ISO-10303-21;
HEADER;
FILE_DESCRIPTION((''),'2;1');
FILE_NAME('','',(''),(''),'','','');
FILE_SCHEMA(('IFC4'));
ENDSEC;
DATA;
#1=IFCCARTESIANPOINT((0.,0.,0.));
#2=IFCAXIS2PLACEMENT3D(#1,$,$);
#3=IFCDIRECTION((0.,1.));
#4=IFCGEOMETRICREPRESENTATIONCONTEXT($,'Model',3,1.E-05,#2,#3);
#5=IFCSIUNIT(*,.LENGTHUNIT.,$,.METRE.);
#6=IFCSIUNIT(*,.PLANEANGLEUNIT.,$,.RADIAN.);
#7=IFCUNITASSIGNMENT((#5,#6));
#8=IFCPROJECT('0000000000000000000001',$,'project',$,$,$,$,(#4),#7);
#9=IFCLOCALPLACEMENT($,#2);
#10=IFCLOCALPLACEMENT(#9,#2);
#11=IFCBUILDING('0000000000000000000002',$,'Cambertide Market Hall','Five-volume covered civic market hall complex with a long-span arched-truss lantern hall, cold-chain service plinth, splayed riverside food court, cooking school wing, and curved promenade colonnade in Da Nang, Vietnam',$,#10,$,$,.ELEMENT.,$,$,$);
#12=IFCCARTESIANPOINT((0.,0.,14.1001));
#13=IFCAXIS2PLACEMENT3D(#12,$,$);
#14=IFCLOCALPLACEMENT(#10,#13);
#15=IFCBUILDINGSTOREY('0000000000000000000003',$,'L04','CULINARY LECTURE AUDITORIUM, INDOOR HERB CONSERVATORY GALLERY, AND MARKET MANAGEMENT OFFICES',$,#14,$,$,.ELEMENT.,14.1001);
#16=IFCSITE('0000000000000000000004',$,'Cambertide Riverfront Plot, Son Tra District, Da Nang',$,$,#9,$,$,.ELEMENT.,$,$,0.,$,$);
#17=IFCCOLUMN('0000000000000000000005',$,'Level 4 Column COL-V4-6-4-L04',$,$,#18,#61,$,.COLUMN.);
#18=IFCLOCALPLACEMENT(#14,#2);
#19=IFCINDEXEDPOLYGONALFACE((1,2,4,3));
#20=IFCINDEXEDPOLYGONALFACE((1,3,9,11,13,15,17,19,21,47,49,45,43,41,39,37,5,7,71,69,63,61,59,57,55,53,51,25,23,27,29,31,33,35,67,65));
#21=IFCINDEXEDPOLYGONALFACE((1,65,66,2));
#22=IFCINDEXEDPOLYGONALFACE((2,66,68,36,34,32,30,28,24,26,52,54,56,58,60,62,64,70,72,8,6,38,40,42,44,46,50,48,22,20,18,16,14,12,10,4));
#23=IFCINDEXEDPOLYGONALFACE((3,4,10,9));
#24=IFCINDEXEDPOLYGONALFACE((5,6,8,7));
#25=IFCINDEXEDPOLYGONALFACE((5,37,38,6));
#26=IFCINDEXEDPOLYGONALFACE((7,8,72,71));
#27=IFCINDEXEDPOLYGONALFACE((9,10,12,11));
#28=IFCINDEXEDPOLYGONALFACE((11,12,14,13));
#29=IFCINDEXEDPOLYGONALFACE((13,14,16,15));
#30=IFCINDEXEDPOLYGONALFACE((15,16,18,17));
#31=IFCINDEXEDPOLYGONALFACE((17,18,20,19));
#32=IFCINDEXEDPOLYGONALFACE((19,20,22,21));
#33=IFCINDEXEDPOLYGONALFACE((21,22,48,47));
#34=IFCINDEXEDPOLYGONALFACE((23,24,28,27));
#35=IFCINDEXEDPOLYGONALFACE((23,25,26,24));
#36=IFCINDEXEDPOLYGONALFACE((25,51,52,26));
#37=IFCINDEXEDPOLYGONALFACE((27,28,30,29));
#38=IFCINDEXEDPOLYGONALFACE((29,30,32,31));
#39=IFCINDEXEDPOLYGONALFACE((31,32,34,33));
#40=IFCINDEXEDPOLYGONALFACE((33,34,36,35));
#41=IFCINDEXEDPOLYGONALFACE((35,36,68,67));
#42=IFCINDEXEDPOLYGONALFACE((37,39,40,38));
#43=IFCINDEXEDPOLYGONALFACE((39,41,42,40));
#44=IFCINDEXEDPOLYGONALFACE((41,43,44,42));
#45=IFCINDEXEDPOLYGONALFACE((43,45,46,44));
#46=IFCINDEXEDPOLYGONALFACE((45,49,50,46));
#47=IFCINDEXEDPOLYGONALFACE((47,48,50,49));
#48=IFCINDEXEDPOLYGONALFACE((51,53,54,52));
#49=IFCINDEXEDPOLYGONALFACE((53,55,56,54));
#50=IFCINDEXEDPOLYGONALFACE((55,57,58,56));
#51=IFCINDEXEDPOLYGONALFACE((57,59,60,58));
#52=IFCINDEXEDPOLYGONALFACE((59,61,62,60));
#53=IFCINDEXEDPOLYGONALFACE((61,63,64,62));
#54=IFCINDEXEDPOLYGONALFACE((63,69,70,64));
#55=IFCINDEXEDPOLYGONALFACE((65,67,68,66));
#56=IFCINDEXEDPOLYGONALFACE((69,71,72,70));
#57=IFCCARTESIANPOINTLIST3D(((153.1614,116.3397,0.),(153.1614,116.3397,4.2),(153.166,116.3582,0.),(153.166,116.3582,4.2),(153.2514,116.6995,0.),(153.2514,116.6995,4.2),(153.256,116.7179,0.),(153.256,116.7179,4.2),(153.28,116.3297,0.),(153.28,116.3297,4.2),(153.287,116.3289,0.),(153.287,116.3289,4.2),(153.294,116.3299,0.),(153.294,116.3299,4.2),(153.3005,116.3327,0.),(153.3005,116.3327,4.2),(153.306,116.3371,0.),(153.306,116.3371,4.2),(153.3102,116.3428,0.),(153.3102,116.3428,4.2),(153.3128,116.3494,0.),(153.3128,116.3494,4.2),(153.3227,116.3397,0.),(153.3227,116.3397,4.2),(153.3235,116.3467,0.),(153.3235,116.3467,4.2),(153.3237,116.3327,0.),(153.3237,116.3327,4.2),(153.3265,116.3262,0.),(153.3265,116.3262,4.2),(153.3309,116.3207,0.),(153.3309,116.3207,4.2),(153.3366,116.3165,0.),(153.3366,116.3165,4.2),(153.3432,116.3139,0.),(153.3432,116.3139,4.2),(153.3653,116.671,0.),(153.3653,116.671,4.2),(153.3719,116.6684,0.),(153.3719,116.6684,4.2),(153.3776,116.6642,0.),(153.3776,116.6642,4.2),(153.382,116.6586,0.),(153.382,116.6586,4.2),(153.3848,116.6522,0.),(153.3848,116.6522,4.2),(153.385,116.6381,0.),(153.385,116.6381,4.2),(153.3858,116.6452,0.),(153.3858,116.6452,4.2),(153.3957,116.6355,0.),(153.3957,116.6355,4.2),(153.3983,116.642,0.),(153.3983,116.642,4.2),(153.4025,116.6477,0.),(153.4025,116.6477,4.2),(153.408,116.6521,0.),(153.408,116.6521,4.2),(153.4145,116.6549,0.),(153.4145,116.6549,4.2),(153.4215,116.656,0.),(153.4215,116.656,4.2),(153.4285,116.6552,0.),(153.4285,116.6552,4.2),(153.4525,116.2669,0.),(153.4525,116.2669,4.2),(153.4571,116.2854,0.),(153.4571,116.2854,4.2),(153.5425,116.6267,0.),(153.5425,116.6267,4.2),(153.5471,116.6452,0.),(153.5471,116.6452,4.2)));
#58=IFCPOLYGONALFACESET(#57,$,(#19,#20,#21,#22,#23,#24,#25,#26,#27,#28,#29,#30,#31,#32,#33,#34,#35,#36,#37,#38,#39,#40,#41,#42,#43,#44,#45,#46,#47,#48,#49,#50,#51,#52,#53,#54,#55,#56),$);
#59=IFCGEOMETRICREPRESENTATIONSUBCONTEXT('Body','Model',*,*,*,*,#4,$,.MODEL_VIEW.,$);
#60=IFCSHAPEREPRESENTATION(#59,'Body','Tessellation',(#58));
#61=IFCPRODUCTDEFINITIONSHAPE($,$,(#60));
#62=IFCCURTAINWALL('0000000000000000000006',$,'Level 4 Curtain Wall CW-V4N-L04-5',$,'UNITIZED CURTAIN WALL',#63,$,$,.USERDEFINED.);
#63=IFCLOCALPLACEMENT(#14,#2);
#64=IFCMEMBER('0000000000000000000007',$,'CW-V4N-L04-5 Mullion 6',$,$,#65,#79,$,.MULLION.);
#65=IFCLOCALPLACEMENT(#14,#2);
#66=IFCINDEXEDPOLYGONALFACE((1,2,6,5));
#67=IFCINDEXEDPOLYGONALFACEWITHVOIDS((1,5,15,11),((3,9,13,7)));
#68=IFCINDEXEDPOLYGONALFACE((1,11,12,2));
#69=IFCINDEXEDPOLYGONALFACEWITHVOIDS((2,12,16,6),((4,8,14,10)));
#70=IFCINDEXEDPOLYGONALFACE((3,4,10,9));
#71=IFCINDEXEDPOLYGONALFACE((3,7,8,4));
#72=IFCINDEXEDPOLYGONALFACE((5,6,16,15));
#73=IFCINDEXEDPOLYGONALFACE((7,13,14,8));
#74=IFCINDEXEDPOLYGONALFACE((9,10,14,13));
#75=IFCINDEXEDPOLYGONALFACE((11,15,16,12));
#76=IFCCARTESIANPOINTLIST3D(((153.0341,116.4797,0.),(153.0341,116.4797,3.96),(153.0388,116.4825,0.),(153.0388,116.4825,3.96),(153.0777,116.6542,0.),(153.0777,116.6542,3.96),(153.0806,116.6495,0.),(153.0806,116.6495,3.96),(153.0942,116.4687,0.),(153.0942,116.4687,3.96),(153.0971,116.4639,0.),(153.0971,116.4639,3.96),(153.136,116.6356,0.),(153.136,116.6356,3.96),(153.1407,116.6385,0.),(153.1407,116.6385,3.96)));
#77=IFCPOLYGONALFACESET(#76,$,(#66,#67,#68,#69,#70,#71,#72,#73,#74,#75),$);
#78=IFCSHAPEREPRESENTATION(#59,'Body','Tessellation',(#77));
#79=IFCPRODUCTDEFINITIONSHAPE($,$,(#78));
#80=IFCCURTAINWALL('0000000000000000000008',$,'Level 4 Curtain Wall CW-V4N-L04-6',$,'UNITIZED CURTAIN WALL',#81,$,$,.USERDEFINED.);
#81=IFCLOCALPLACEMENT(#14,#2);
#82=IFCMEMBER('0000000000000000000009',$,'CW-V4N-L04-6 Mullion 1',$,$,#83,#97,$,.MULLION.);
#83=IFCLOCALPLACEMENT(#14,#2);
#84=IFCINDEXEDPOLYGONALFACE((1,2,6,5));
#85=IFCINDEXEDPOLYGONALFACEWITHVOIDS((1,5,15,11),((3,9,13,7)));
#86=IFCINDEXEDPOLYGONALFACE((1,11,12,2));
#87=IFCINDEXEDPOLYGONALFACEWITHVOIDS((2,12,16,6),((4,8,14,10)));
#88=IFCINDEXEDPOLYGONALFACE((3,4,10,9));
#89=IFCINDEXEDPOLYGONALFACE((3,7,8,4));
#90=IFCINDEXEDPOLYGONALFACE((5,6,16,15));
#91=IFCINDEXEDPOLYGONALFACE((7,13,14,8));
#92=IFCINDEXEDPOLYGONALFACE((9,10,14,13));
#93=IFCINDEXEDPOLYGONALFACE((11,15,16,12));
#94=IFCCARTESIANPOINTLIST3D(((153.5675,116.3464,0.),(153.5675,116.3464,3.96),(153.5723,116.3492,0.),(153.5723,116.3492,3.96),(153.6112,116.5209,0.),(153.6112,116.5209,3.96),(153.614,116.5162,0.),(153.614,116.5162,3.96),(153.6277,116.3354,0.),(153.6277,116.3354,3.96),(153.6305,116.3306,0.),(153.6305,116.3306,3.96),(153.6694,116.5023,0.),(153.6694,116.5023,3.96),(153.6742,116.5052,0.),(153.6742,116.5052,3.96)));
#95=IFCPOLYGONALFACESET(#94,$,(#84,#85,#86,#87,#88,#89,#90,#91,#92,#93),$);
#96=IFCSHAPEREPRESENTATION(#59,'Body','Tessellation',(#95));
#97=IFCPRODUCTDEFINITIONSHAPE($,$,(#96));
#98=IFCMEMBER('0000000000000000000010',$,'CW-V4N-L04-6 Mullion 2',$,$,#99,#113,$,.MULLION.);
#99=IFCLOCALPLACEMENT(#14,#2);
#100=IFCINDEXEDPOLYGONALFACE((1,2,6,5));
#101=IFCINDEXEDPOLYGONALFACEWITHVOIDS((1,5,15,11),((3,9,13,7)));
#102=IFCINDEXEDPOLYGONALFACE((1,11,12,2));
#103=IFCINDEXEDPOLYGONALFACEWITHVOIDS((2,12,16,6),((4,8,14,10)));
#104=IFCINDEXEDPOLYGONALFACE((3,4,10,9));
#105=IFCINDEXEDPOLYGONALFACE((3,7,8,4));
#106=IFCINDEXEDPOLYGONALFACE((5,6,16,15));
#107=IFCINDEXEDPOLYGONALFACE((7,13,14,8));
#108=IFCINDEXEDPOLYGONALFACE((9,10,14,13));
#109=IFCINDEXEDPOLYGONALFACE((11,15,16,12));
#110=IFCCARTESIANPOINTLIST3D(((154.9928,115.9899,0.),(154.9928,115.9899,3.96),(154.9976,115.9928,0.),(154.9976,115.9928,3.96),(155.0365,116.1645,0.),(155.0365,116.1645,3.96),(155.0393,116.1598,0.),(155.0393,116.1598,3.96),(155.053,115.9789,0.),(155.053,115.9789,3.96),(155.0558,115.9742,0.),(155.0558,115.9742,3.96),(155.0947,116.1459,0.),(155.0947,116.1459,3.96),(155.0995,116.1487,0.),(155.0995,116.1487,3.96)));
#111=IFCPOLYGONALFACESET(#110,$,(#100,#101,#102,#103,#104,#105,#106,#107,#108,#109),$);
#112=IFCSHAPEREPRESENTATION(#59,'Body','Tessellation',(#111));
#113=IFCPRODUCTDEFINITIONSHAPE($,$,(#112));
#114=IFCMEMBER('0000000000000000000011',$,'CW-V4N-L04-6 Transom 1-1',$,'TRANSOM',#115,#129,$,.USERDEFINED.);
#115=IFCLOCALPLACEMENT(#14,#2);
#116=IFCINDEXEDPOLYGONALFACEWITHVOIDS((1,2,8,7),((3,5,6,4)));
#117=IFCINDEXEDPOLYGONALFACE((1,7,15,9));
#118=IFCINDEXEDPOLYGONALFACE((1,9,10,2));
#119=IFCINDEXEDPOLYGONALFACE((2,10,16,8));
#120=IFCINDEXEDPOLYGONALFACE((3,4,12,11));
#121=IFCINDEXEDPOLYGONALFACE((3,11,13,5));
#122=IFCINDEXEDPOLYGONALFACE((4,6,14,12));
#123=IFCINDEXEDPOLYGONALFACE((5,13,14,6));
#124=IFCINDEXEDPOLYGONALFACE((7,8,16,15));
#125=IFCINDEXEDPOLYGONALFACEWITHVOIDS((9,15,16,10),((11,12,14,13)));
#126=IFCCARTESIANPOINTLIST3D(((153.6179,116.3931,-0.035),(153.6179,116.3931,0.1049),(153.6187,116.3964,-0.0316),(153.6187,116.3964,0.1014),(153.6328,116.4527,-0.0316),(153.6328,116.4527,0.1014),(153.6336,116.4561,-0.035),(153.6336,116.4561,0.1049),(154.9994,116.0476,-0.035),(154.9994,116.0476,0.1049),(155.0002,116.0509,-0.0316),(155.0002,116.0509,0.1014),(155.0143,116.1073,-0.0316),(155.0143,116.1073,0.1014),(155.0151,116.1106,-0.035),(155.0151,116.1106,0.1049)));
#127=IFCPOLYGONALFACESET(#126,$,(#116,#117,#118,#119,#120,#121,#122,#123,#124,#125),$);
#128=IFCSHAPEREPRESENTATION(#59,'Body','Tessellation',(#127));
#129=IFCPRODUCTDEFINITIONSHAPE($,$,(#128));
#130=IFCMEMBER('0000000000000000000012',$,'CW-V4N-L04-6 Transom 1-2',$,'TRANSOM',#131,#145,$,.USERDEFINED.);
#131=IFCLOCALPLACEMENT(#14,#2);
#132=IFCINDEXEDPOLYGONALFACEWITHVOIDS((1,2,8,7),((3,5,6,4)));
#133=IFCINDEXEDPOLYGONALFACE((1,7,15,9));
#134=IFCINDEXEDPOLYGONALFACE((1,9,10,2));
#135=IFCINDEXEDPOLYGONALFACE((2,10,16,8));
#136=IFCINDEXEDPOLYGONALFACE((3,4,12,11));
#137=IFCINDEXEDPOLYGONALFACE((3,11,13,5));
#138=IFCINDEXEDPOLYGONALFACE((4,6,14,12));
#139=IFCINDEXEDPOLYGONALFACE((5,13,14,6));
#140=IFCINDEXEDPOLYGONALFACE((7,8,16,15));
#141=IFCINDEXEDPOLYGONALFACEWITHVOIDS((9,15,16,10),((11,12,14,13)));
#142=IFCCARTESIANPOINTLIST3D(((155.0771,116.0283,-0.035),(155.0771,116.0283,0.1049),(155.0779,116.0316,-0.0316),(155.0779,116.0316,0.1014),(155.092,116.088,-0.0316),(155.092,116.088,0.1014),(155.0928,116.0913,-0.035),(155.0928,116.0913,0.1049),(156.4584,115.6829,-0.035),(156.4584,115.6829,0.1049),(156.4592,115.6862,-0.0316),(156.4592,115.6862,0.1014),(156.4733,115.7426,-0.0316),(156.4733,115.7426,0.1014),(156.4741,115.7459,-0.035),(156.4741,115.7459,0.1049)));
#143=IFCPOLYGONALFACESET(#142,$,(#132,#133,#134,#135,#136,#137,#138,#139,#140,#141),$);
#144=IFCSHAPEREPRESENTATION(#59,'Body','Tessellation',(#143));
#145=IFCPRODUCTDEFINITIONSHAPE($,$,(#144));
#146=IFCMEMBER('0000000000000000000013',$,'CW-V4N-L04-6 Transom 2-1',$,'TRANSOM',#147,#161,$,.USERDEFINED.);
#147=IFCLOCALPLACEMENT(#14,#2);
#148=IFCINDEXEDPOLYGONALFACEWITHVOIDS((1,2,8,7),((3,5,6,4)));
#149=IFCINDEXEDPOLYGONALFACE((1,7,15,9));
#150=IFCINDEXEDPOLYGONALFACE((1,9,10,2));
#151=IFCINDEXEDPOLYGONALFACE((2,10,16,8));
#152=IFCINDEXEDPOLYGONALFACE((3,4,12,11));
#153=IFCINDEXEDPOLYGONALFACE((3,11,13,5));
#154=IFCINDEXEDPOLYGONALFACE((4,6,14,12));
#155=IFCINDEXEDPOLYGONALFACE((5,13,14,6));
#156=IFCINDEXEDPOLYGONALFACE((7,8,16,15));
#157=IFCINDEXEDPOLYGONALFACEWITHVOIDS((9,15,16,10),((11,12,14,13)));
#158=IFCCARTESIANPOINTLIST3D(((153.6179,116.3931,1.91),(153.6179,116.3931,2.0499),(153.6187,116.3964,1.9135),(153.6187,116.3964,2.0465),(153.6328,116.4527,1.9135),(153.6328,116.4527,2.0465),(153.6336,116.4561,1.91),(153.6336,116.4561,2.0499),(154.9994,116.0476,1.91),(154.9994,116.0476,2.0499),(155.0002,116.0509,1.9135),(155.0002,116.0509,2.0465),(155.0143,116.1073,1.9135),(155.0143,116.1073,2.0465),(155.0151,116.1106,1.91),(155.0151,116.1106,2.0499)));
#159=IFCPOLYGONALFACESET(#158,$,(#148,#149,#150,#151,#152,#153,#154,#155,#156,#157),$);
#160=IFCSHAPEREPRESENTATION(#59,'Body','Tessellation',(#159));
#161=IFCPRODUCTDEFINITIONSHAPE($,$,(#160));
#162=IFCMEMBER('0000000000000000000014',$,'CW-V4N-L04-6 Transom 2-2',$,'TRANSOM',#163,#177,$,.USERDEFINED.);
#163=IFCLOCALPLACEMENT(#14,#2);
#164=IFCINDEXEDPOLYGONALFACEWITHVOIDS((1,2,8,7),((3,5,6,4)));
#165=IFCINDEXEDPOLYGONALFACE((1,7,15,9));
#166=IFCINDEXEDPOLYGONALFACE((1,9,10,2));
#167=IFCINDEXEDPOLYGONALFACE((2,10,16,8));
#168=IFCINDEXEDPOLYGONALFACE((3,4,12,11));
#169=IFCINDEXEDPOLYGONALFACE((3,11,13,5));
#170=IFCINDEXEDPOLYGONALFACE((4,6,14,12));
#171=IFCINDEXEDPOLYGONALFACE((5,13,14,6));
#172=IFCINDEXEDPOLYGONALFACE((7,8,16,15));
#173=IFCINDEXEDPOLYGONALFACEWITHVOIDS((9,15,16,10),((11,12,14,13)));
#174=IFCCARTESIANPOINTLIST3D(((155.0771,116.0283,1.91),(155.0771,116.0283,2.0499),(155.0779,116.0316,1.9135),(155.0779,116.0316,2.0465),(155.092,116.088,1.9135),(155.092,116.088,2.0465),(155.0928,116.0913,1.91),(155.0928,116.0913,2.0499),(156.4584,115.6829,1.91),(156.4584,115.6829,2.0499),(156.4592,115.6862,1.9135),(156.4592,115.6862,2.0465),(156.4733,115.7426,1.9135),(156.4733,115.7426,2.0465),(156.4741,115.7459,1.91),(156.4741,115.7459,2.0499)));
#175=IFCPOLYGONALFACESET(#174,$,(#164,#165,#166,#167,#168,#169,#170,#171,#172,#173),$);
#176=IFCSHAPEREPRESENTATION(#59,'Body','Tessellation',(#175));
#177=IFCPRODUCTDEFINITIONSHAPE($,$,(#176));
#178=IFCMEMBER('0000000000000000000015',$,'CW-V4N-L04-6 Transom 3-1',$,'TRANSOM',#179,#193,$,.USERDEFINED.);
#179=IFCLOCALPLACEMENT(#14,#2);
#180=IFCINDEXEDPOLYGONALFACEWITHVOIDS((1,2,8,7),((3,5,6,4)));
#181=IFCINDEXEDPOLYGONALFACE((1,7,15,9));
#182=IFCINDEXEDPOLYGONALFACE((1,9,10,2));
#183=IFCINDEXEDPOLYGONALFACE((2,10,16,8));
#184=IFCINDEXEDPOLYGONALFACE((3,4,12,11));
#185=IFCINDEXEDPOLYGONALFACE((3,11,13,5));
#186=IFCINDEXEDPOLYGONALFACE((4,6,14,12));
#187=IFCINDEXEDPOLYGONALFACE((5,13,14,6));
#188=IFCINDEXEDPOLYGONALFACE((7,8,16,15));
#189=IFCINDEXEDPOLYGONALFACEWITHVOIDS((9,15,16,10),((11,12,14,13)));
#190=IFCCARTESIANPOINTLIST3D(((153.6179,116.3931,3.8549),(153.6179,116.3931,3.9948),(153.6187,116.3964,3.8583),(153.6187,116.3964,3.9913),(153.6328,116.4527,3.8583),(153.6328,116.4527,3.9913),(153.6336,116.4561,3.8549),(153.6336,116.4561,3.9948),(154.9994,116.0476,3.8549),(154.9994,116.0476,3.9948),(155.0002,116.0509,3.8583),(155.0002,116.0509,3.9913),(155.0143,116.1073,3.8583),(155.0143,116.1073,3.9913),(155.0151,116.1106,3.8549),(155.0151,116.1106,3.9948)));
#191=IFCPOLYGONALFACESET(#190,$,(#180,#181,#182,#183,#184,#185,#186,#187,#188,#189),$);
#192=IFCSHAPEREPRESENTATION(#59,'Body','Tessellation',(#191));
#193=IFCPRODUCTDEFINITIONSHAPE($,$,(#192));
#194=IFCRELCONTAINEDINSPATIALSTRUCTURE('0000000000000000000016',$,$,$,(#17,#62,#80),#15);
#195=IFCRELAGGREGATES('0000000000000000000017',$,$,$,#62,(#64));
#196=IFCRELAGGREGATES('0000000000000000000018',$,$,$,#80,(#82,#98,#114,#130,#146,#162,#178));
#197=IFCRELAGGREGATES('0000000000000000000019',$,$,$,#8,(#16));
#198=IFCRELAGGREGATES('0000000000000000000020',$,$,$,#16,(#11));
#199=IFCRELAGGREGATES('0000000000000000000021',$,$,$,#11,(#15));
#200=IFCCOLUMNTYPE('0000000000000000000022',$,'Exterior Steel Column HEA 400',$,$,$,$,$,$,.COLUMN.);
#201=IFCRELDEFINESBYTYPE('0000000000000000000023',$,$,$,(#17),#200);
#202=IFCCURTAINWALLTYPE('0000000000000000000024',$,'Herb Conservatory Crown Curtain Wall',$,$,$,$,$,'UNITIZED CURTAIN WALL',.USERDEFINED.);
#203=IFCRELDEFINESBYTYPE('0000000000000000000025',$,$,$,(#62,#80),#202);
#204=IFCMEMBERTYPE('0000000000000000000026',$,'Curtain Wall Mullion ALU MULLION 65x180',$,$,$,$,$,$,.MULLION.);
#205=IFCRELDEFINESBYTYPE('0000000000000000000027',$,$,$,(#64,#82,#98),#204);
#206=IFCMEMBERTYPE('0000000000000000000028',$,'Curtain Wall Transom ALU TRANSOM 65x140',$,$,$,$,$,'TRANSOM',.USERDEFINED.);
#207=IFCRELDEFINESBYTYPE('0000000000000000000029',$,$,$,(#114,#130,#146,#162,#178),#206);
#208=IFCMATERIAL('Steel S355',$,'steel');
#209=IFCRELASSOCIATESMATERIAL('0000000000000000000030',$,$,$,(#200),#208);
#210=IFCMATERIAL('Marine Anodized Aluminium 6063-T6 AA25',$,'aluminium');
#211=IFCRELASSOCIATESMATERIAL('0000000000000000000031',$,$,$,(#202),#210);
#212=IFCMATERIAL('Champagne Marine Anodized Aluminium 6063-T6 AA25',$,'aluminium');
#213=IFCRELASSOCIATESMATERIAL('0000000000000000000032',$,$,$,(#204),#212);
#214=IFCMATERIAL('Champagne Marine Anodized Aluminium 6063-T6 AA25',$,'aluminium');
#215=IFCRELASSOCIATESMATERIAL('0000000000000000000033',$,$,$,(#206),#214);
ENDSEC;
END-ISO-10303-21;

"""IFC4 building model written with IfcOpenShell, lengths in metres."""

from ifc_helpers import new_model, si_unit, direction, frame, origin, origin_2d, place, context, subcontext, project, spatial, hollow_rectangle, i_section, extrude, material, material_profile, profile_set, type_object, element, aggregate, save


model = new_model("IFC4")

# Units and contexts
model_context = context("Model", 3, precision=1e-05, world=origin(), true_north=direction((0.0, 1.0)))
body_context = subcontext(model_context, "Body", "Model", "MODEL_VIEW")
ifc_project = project(units=[si_unit("LENGTHUNIT", "METRE"), si_unit("PLANEANGLEUNIT", "RADIAN")], contexts=[model_context])

# Site, building, storey
site_placement = place(None, origin())
site = spatial("IfcSite", under=ifc_project, at=site_placement, Name="Cambertide Riverfront Plot, Son Tra District, Da Nang", CompositionType="ELEMENT", RefElevation=0.0)
building_placement = place(site_placement, origin())
building = spatial("IfcBuilding", under=site, at=building_placement, Name="Cambertide Market Hall", Description="Five-volume covered civic market hall complex with a long-span arched-truss lantern hall, cold-chain service plinth, splayed riverside food court, cooking school wing, and curved promenade colonnade in Da Nang, Vietnam", CompositionType="ELEMENT")
storey_placement = place(building_placement, frame((0.0, 0.0, 14.1001)))
storey = spatial("IfcBuildingStorey", under=building, at=storey_placement, Name="L04", Description="CULINARY LECTURE AUDITORIUM, INDOOR HERB CONSERVATORY GALLERY, AND MARKET MANAGEMENT OFFICES", CompositionType="ELEMENT", Elevation=14.1001)

# Column
ifc_material_1 = material(Name="Steel S355", Category="steel")
ifc_material_profile_1 = material_profile(ifc_material_1, i_section(OverallWidth=0.3, OverallDepth=0.3899, WebThickness=0.011, FlangeThickness=0.019, FilletRadius=0.0271, at=origin_2d()), Name="HEA 400")
ifc_profile_set_1 = profile_set([ifc_material_profile_1], Name="Steel S355")
column_type = type_object("IfcColumnType", Name="Exterior Steel Column HEA 400", PredefinedType="COLUMN", material=ifc_profile_set_1)
column_placement = place(storey_placement, frame((153.3542, 116.4924, 0.0), z_axis=(0.0, 0.0, 1.0), x_axis=(0.970143, -0.242536, 0.0)))
element("IfcColumn", 1, at=column_placement, inside=storey, type_object=column_type, Name="Level 4 Column COL-V4-6-4-L04", PredefinedType="COLUMN", context=body_context, shape_type="SweptSolid", body=[
    extrude(i_section(OverallWidth=0.3, OverallDepth=0.3899, WebThickness=0.011, FlangeThickness=0.019, FilletRadius=0.0271, at=origin_2d()), origin(), (0.0, 0.0, 1.0), 4.2),
])

# Curtain wall, member
ifc_material_2 = material(Name="Marine Anodized Aluminium 6063-T6 AA25", Category="aluminium")
curtain_wall_type = type_object("IfcCurtainWallType", Name="Herb Conservatory Crown Curtain Wall", ElementType="UNITIZED CURTAIN WALL", PredefinedType="USERDEFINED", material=ifc_material_2)
curtain_wall_1_placement = place(storey_placement, origin())
curtain_wall_1 = element("IfcCurtainWall", 2, at=curtain_wall_1_placement, inside=storey, type_object=curtain_wall_type, Name="Level 4 Curtain Wall CW-V4N-L04-5", ObjectType="UNITIZED CURTAIN WALL", PredefinedType="USERDEFINED")
ifc_material_3 = material(Name="Champagne Marine Anodized Aluminium 6063-T6 AA25", Category="aluminium")
ifc_material_profile_2 = material_profile(ifc_material_3, hollow_rectangle(XDim=0.0649, YDim=0.1799, WallThickness=0.0039, at=origin_2d()), Name="ALU MULLION 65x180")
ifc_profile_set_2 = profile_set([ifc_material_profile_2], Name="Champagne Marine Anodized Aluminium 6063-T6 AA25")
member_type_1 = type_object("IfcMemberType", Name="Curtain Wall Mullion ALU MULLION 65x180", PredefinedType="MULLION", material=ifc_profile_set_2)
member_1_placement = place(storey_placement, frame((153.0874, 116.5591, 0.0), z_axis=(0.0, 0.0, 1.0), x_axis=(0.970143, -0.242536, 0.0)))
member_1 = element("IfcMember", 3, at=member_1_placement, type_object=member_type_1, Name="CW-V4N-L04-5 Mullion 6", PredefinedType="MULLION", context=body_context, shape_type="SweptSolid", body=[
    extrude(hollow_rectangle(XDim=0.0649, YDim=0.1799, WallThickness=0.0039, at=origin_2d()), origin(), (0.0, 0.0, 1.0), 3.96),
])
aggregate(curtain_wall_1, [member_1])

# Curtain wall, members
curtain_wall_2_placement = place(storey_placement, origin())
curtain_wall_2 = element("IfcCurtainWall", 4, at=curtain_wall_2_placement, inside=storey, type_object=curtain_wall_type, Name="Level 4 Curtain Wall CW-V4N-L04-6", ObjectType="UNITIZED CURTAIN WALL", PredefinedType="USERDEFINED")
member_2_placement = place(storey_placement, frame((153.6208, 116.4258, 0.0), z_axis=(0.0, 0.0, 1.0), x_axis=(0.970143, -0.242536, 0.0)))
member_2 = element("IfcMember", 5, at=member_2_placement, type_object=member_type_1, Name="CW-V4N-L04-6 Mullion 1", PredefinedType="MULLION", context=body_context, shape_type="SweptSolid", body=[
    extrude(hollow_rectangle(XDim=0.0649, YDim=0.1799, WallThickness=0.0039, at=origin_2d()), origin(), (0.0, 0.0, 1.0), 3.96),
])
member_3_placement = place(storey_placement, frame((155.0461, 116.0693, 0.0), z_axis=(0.0, 0.0, 1.0), x_axis=(0.970143, -0.242536, 0.0)))
member_3 = element("IfcMember", 6, at=member_3_placement, type_object=member_type_1, Name="CW-V4N-L04-6 Mullion 2", PredefinedType="MULLION", context=body_context, shape_type="SweptSolid", body=[
    extrude(hollow_rectangle(XDim=0.0649, YDim=0.1799, WallThickness=0.0039, at=origin_2d()), origin(), (0.0, 0.0, 1.0), 3.96),
])
ifc_material_4 = material(Name="Champagne Marine Anodized Aluminium 6063-T6 AA25", Category="aluminium")
ifc_material_profile_3 = material_profile(ifc_material_4, hollow_rectangle(XDim=0.0649, YDim=0.1399, WallThickness=0.0034, at=origin_2d()), Name="ALU TRANSOM 65x140")
ifc_profile_set_3 = profile_set([ifc_material_profile_3], Name="Champagne Marine Anodized Aluminium 6063-T6 AA25")
member_type_2 = type_object("IfcMemberType", Name="Curtain Wall Transom ALU TRANSOM 65x140", ElementType="TRANSOM", PredefinedType="USERDEFINED", material=ifc_profile_set_3)
member_4_placement = place(storey_placement, frame((153.6257, 116.4246, 0.0349), z_axis=(0.970132, -0.242576, 0.0), x_axis=(0.242576, 0.970132, 0.0)))
member_4 = element("IfcMember", 7, at=member_4_placement, type_object=member_type_2, Name="CW-V4N-L04-6 Transom 1-1", ObjectType="TRANSOM", PredefinedType="USERDEFINED", context=body_context, shape_type="SweptSolid", body=[
    extrude(hollow_rectangle(XDim=0.0649, YDim=0.1399, WallThickness=0.0034, at=origin_2d()), origin(), (0.0, 0.0, 1.0), 1.4241),
])
member_5_placement = place(storey_placement, frame((155.085, 116.0598, 0.0349), z_axis=(0.970122, -0.242616, 0.0), x_axis=(0.242616, 0.970122, 0.0)))
member_5 = element("IfcMember", 8, at=member_5_placement, type_object=member_type_2, Name="CW-V4N-L04-6 Transom 1-2", ObjectType="TRANSOM", PredefinedType="USERDEFINED", context=body_context, shape_type="SweptSolid", body=[
    extrude(hollow_rectangle(XDim=0.0649, YDim=0.1399, WallThickness=0.0034, at=origin_2d()), origin(), (0.0, 0.0, 1.0), 1.4238),
])
member_6_placement = place(storey_placement, frame((153.6257, 116.4246, 1.98), z_axis=(0.970132, -0.242576, 0.0), x_axis=(0.242576, 0.970132, 0.0)))
member_6 = element("IfcMember", 9, at=member_6_placement, type_object=member_type_2, Name="CW-V4N-L04-6 Transom 2-1", ObjectType="TRANSOM", PredefinedType="USERDEFINED", context=body_context, shape_type="SweptSolid", body=[
    extrude(hollow_rectangle(XDim=0.0649, YDim=0.1399, WallThickness=0.0034, at=origin_2d()), origin(), (0.0, 0.0, 1.0), 1.4241),
])
member_7_placement = place(storey_placement, frame((155.085, 116.0598, 1.98), z_axis=(0.970122, -0.242616, 0.0), x_axis=(0.242616, 0.970122, 0.0)))
member_7 = element("IfcMember", 10, at=member_7_placement, type_object=member_type_2, Name="CW-V4N-L04-6 Transom 2-2", ObjectType="TRANSOM", PredefinedType="USERDEFINED", context=body_context, shape_type="SweptSolid", body=[
    extrude(hollow_rectangle(XDim=0.0649, YDim=0.1399, WallThickness=0.0034, at=origin_2d()), origin(), (0.0, 0.0, 1.0), 1.4238),
])
member_8_placement = place(storey_placement, frame((153.6257, 116.4246, 3.9248), z_axis=(0.970132, -0.242576, 0.0), x_axis=(0.242576, 0.970132, 0.0)))
member_8 = element("IfcMember", 11, at=member_8_placement, type_object=member_type_2, Name="CW-V4N-L04-6 Transom 3-1", ObjectType="TRANSOM", PredefinedType="USERDEFINED", context=body_context, shape_type="SweptSolid", body=[
    extrude(hollow_rectangle(XDim=0.0649, YDim=0.1399, WallThickness=0.0034, at=origin_2d()), origin(), (0.0, 0.0, 1.0), 1.4241),
])

aggregate(curtain_wall_2, [member_2, member_3, member_4, member_5, member_6, member_7, member_8])

save(model, "model.ifc")
